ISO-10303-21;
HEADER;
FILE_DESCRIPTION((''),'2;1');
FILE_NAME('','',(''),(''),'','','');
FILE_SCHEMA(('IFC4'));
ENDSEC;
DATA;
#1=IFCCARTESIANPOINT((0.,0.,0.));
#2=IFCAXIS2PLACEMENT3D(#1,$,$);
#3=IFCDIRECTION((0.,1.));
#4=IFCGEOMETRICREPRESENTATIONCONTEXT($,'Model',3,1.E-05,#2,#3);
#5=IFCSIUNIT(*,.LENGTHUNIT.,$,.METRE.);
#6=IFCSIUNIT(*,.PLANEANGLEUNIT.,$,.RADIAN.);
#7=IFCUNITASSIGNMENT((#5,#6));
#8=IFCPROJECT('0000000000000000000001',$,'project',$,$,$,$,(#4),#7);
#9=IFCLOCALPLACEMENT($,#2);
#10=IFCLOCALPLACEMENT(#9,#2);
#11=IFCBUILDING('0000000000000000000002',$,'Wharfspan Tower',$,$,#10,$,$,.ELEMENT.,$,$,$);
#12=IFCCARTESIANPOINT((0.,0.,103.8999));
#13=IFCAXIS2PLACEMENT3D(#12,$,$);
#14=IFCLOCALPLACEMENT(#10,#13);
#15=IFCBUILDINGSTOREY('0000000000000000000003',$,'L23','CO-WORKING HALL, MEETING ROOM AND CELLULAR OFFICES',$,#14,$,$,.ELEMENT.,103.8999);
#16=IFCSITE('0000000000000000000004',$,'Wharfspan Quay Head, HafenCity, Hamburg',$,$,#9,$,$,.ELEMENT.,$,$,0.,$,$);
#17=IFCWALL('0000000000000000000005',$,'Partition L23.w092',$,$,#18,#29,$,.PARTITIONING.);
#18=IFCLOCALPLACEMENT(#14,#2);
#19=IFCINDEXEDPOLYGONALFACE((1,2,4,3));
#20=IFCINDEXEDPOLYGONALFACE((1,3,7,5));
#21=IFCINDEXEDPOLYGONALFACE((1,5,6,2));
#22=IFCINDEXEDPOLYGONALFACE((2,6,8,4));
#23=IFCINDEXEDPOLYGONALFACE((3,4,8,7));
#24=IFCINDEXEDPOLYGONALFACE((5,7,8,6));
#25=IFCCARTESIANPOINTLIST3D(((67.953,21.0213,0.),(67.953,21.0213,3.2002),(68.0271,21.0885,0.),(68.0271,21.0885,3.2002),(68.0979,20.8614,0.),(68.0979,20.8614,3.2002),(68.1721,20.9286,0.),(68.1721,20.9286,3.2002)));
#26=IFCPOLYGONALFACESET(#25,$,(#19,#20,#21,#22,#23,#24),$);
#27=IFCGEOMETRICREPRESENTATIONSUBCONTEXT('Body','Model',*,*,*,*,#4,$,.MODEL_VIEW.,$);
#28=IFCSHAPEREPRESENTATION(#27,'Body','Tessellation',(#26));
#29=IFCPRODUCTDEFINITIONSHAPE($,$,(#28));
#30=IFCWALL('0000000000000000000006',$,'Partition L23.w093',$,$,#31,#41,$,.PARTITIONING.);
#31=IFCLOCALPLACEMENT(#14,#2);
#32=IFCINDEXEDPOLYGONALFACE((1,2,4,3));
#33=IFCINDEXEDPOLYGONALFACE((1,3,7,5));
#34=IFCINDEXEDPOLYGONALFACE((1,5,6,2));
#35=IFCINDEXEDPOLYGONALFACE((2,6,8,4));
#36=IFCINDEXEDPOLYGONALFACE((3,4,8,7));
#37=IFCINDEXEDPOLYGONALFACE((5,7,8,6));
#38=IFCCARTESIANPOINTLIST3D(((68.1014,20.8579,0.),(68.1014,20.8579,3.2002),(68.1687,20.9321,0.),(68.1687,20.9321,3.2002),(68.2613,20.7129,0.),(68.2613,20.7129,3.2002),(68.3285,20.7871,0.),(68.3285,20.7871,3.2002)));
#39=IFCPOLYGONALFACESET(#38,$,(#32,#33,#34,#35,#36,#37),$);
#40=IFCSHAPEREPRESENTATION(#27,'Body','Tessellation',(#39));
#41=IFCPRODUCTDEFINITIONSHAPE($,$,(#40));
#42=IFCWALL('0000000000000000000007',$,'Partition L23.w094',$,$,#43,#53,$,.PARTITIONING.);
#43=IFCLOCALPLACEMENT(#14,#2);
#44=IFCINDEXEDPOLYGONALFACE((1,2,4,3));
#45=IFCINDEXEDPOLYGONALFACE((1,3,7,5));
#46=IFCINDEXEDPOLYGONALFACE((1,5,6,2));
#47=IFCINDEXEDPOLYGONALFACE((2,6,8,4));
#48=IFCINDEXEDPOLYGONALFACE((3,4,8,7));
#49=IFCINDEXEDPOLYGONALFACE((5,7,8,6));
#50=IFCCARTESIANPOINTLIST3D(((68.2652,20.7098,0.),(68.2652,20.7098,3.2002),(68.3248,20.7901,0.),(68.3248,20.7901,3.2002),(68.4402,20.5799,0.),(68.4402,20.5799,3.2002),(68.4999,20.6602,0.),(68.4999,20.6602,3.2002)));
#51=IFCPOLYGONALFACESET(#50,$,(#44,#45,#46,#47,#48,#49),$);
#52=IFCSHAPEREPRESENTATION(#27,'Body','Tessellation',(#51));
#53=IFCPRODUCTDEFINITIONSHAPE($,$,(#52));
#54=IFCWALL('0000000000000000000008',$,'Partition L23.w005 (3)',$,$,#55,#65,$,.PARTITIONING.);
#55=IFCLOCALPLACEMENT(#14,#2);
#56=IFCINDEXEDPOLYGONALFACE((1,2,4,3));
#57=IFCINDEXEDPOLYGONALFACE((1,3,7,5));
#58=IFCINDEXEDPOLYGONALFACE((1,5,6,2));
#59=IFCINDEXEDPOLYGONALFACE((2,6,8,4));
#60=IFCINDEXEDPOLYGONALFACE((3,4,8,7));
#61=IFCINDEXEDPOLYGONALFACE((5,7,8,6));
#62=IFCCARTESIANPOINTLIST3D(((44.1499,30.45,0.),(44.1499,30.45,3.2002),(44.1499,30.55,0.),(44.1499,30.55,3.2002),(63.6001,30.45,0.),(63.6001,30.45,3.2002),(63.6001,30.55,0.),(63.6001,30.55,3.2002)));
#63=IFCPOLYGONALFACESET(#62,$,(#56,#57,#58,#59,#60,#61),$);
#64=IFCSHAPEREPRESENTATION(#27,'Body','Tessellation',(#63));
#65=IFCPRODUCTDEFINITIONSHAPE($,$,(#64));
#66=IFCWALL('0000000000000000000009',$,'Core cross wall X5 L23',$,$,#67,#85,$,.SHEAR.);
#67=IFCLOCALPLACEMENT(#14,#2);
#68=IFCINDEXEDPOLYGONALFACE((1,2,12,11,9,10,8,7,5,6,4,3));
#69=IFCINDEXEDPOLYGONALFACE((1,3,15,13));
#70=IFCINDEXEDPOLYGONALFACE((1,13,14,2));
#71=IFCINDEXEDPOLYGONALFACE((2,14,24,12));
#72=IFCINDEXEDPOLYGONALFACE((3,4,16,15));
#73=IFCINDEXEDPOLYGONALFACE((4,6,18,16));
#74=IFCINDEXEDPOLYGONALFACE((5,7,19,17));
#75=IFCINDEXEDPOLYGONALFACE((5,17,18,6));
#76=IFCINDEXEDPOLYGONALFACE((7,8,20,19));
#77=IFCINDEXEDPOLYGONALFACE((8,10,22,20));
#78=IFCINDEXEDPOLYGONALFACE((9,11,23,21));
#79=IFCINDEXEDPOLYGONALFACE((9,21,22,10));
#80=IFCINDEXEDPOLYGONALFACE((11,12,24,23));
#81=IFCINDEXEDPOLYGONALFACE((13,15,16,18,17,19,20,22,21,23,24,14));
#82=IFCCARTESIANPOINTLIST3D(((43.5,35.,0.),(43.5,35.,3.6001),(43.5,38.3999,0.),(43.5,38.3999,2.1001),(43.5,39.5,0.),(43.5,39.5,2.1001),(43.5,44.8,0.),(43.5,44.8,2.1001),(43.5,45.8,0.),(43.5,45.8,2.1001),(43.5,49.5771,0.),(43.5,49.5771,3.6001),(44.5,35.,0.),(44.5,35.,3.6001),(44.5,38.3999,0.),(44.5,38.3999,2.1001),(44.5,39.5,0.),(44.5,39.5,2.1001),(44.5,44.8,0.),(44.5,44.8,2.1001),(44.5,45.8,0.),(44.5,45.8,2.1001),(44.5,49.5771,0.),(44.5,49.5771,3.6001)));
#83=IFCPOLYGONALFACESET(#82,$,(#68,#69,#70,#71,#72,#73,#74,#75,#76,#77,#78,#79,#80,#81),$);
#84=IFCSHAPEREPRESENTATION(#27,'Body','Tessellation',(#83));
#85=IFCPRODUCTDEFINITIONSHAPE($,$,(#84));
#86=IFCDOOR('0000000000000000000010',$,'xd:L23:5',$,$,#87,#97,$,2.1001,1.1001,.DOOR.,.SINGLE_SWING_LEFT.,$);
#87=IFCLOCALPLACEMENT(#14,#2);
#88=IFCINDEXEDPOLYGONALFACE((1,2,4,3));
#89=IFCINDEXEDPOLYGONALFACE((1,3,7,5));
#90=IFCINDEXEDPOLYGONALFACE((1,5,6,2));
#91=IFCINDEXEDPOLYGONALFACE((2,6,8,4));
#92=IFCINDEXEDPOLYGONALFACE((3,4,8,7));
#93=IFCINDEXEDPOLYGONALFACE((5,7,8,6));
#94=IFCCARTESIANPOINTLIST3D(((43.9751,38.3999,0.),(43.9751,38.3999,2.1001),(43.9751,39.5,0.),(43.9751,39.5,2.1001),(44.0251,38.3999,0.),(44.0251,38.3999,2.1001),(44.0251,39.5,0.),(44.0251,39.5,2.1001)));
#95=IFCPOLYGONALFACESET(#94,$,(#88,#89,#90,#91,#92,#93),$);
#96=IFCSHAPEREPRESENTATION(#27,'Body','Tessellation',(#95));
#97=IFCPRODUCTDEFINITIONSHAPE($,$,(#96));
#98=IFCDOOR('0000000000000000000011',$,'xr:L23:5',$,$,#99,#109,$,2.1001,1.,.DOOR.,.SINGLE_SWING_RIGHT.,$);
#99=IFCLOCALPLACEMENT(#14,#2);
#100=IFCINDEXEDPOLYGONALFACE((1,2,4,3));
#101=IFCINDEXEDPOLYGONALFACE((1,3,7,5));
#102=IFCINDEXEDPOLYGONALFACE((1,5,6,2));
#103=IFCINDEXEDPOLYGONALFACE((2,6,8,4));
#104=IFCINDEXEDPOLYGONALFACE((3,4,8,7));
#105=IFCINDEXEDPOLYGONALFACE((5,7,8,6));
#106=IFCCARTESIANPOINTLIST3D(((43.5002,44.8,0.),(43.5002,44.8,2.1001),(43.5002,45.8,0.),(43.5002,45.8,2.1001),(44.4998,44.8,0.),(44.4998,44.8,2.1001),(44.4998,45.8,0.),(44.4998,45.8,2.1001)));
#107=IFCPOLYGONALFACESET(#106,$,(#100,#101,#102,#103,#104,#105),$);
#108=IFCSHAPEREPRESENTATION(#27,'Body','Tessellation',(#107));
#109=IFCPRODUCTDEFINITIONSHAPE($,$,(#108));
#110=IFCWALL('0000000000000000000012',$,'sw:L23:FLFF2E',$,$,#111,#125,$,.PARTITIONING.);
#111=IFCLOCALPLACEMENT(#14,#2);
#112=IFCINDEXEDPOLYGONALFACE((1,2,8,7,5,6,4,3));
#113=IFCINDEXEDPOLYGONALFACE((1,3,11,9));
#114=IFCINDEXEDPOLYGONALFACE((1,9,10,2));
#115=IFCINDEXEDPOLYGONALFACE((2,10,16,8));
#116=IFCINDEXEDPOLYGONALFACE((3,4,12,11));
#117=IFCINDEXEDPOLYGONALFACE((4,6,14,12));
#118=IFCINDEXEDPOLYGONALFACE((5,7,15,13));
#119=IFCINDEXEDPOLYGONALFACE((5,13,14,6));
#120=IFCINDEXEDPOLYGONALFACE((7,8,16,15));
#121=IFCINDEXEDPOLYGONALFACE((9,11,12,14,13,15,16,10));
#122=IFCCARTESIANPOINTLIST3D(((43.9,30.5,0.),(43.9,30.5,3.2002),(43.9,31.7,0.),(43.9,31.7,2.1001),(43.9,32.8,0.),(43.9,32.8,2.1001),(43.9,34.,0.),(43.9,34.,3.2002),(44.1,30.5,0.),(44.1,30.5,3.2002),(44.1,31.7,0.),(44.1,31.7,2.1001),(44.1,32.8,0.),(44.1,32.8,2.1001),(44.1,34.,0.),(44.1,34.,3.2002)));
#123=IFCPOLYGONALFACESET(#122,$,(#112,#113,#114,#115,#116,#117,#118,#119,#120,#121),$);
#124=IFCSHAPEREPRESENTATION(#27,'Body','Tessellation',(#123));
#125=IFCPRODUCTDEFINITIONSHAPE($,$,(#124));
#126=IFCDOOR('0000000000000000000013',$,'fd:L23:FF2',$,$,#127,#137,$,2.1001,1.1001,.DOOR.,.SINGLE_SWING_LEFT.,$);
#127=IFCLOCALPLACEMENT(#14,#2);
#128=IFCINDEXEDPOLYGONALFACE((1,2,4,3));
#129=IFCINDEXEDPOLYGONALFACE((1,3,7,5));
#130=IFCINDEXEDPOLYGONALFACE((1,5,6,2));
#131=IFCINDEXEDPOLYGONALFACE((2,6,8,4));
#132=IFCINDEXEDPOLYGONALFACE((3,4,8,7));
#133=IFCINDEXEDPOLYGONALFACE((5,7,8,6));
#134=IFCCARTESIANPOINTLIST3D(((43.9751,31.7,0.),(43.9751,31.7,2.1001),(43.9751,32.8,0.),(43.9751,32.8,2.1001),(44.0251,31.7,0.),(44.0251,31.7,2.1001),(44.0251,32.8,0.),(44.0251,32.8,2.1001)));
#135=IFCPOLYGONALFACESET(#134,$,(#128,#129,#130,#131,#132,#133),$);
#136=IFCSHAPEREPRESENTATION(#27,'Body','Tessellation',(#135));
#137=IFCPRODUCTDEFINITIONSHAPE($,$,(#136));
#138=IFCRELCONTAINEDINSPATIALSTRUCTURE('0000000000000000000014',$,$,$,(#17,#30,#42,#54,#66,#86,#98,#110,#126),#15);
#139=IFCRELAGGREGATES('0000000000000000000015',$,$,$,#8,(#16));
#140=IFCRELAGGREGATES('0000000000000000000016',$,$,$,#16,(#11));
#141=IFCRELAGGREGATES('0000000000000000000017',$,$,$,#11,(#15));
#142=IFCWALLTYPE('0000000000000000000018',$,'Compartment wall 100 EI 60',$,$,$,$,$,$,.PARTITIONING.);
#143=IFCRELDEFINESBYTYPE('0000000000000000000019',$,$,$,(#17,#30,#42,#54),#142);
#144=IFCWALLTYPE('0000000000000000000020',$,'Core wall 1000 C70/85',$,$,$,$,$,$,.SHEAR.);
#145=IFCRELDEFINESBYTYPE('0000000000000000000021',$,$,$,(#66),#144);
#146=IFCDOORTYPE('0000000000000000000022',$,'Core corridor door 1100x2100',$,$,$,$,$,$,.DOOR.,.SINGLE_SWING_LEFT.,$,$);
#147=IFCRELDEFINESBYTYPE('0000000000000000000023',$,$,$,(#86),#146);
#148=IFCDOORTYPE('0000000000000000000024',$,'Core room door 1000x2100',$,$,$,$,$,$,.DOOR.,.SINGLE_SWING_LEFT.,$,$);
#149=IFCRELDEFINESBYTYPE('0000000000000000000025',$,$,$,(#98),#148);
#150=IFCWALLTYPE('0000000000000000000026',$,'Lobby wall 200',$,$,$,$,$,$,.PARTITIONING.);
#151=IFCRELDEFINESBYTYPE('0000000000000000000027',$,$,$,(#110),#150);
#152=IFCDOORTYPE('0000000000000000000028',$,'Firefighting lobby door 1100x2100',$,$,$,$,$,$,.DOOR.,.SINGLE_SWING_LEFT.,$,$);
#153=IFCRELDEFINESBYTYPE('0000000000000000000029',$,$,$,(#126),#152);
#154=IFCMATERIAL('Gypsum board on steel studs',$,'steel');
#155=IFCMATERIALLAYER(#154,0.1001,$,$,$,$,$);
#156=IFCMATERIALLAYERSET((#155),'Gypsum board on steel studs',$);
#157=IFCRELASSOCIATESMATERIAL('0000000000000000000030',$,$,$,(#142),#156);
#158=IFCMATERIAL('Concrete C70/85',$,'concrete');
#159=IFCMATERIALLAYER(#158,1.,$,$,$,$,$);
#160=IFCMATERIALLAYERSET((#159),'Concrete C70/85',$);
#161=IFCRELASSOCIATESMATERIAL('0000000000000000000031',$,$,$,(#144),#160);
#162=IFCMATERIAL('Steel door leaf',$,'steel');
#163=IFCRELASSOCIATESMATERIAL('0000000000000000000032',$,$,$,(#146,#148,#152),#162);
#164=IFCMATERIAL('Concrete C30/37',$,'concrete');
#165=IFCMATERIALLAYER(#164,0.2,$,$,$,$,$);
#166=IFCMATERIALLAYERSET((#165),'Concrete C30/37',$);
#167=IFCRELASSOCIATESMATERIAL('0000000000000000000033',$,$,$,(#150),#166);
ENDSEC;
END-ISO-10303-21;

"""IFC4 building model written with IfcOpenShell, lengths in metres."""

from ifc_helpers import new_model, si_unit, direction, frame, frame_2d, origin, place, context, subcontext, project, spatial, rectangle, extrude, material, layer, layer_set, type_object, element, fill, save


model = new_model("IFC4")

# Units and contexts
model_context = context("Model", 3, precision=1e-05, world=origin(), true_north=direction((0.0, 1.0)))
body_context = subcontext(model_context, "Body", "Model", "MODEL_VIEW")
ifc_project = project(units=[si_unit("LENGTHUNIT", "METRE"), si_unit("PLANEANGLEUNIT", "RADIAN")], contexts=[model_context])

# Site, building, storey
site_placement = place(None, origin())
site = spatial("IfcSite", under=ifc_project, at=site_placement, Name="Wharfspan Quay Head, HafenCity, Hamburg", CompositionType="ELEMENT", RefElevation=0.0)
building_placement = place(site_placement, origin())
building = spatial("IfcBuilding", under=site, at=building_placement, Name="Wharfspan Tower", CompositionType="ELEMENT")
storey_placement = place(building_placement, frame((0.0, 0.0, 103.8999)))
storey = spatial("IfcBuildingStorey", under=building, at=storey_placement, Name="L23", Description="CO-WORKING HALL, MEETING ROOM AND CELLULAR OFFICES", CompositionType="ELEMENT", Elevation=103.8999)

# Shared definitions
ifc_material_1 = material(Name="Gypsum board on steel studs", Category="steel")
ifc_layer_1 = layer(ifc_material_1, 0.1001)
ifc_layer_set_1 = layer_set([ifc_layer_1], Name="Gypsum board on steel studs")
wall_type_1 = type_object("IfcWallType", Name="Compartment wall 100 EI 60", PredefinedType="PARTITIONING", material=ifc_layer_set_1)

# Walls
for number, where, z_axis, x_axis, name in (
    (1, (68.135, 20.895, 0.0), (0.0, 0.0, 1.0), (-0.671775, 0.740762, 0.0), "Partition L23.w092"),
    (2, (68.2949, 20.75, 0.0), (0.0, 0.0, 1.0), (-0.740762, 0.671775, 0.0), "Partition L23.w093"),
):
    element("IfcWall", number, at=place(storey_placement, frame(where, z_axis=z_axis, x_axis=x_axis)), inside=storey, type_object=wall_type_1, Name=name, PredefinedType="PARTITIONING", context=body_context, shape_type="SweptSolid", body=[
        extrude(rectangle(XDim=0.2158, YDim=0.1001, at=frame_2d((0.1079, 0.0))), origin(), (0.0, 0.0, 1.0), 3.2002),
    ])
wall_1_placement = place(storey_placement, frame((68.47, 20.6201, 0.0), z_axis=(0.0, 0.0, 1.0), x_axis=(-0.803079, 0.595869, 0.0)))
element("IfcWall", 3, at=wall_1_placement, inside=storey, type_object=wall_type_1, Name="Partition L23.w094", PredefinedType="PARTITIONING", context=body_context, shape_type="SweptSolid", body=[
    extrude(rectangle(XDim=0.218, YDim=0.1001, at=frame_2d((0.1089, 0.0))), origin(), (0.0, 0.0, 1.0), 3.2002),
])
wall_2_placement = place(storey_placement, frame((44.1499, 30.5, 0.0), z_axis=(0.0, 0.0, 1.0), x_axis=(1.0, 0.0, 0.0)))
element("IfcWall", 4, at=wall_2_placement, inside=storey, type_object=wall_type_1, Name="Partition L23.w005 (3)", PredefinedType="PARTITIONING", context=body_context, shape_type="SweptSolid", body=[
    extrude(rectangle(XDim=19.4502, YDim=0.1001, at=frame_2d((9.7251, 0.0))), origin(), (0.0, 0.0, 1.0), 3.2002),
])

# Wall, openings, doors
ifc_material_2 = material(Name="Concrete C70/85", Category="concrete")
ifc_layer_2 = layer(ifc_material_2, 1.0)
ifc_layer_set_2 = layer_set([ifc_layer_2], Name="Concrete C70/85")
wall_type_2 = type_object("IfcWallType", Name="Core wall 1000 C70/85", PredefinedType="SHEAR", material=ifc_layer_set_2)
wall_3_placement = place(storey_placement, frame((44.0, 35.0, 0.0), z_axis=(0.0, 0.0, 1.0), x_axis=(0.0, 1.0, 0.0)))
wall_3 = element("IfcWall", 5, at=wall_3_placement, inside=storey, type_object=wall_type_2, Name="Core cross wall X5 L23", PredefinedType="SHEAR", context=body_context, shape_type="SweptSolid", body=[
    extrude(rectangle(XDim=14.5771, YDim=1.0, at=frame_2d((7.2886, 0.0))), origin(), (0.0, 0.0, 1.0), 3.6001),
])
opening_1_placement = place(wall_3_placement, frame((3.3999, 0.0, 0.0)))
opening_1 = element("IfcOpeningElement", 6, at=opening_1_placement, cuts=wall_3, PredefinedType="OPENING", context=body_context, shape_type="SweptSolid", body=[
    extrude(rectangle(XDim=1.1001, YDim=2.1001, at=frame_2d((0.55, 1.05))), frame((0.0, 0.51, 0.0), z_axis=(0.0, -1.0, 0.0), x_axis=(1.0, 0.0, 0.0)), (0.0, 0.0, 1.0), 1.02),
])
opening_2_placement = place(wall_3_placement, frame((9.8, 0.0, 0.0)))
opening_2 = element("IfcOpeningElement", 7, at=opening_2_placement, cuts=wall_3, PredefinedType="OPENING", context=body_context, shape_type="SweptSolid", body=[
    extrude(rectangle(XDim=1.0, YDim=2.1001, at=frame_2d((0.5, 1.05))), frame((0.0, 0.51, 0.0), z_axis=(0.0, -1.0, 0.0), x_axis=(1.0, 0.0, 0.0)), (0.0, 0.0, 1.0), 1.02),
])
ifc_material_3 = material(Name="Steel door leaf", Category="steel")
door_type_1 = type_object("IfcDoorType", Name="Core corridor door 1100x2100", OperationType="SINGLE_SWING_LEFT", PredefinedType="DOOR", material=ifc_material_3)
door_1_placement = place(opening_1_placement, origin())
door_1 = element("IfcDoor", 8, at=door_1_placement, inside=storey, type_object=door_type_1, Name="xd:L23:5", OperationType="SINGLE_SWING_LEFT", OverallHeight=2.1001, OverallWidth=1.1001, PredefinedType="DOOR", context=body_context, shape_type="SweptSolid", body=[
    extrude(rectangle(XDim=1.1001, YDim=2.1001, at=frame_2d((0.55, 1.05))), frame((0.0, 0.0249, 0.0), z_axis=(0.0, -1.0, 0.0), x_axis=(1.0, 0.0, 0.0)), (0.0, 0.0, 1.0), 0.05),
])
fill(opening_1, door_1)
door_type_2 = type_object("IfcDoorType", Name="Core room door 1000x2100", OperationType="SINGLE_SWING_LEFT", PredefinedType="DOOR", material=ifc_material_3)
door_2_placement = place(opening_2_placement, origin())
door_2 = element("IfcDoor", 9, at=door_2_placement, inside=storey, type_object=door_type_2, Name="xr:L23:5", OperationType="SINGLE_SWING_RIGHT", OverallHeight=2.1001, OverallWidth=1.0, PredefinedType="DOOR", context=body_context, shape_type="SweptSolid", body=[
    extrude(rectangle(XDim=1.0, YDim=2.1001, at=frame_2d((0.5, 1.05))), frame((0.0, 0.4998, 0.0), z_axis=(0.0, -1.0, 0.0), x_axis=(1.0, 0.0, 0.0)), (0.0, 0.0, 1.0), 0.9995),
])
fill(opening_2, door_2)

# Wall, opening, door
ifc_material_4 = material(Name="Concrete C30/37", Category="concrete")
ifc_layer_3 = layer(ifc_material_4, 0.2)
ifc_layer_set_3 = layer_set([ifc_layer_3], Name="Concrete C30/37")
wall_type_3 = type_object("IfcWallType", Name="Lobby wall 200", PredefinedType="PARTITIONING", material=ifc_layer_set_3)
wall_4_placement = place(storey_placement, frame((44.0, 30.5, 0.0), z_axis=(0.0, 0.0, 1.0), x_axis=(0.0, 1.0, 0.0)))
wall_4 = element("IfcWall", 10, at=wall_4_placement, inside=storey, type_object=wall_type_3, Name="sw:L23:FLFF2E", PredefinedType="PARTITIONING", context=body_context, shape_type="SweptSolid", body=[
    extrude(rectangle(XDim=3.5, YDim=0.2, at=frame_2d((1.75, 0.0))), origin(), (0.0, 0.0, 1.0), 3.2002),
])
opening_3_placement = place(wall_4_placement, frame((1.2, 0.0, 0.0)))
opening_3 = element("IfcOpeningElement", 11, at=opening_3_placement, cuts=wall_4, PredefinedType="OPENING", context=body_context, shape_type="SweptSolid", body=[
    extrude(rectangle(XDim=1.1001, YDim=2.1001, at=frame_2d((0.55, 1.05))), frame((0.0, 0.1099, 0.0), z_axis=(0.0, -1.0, 0.0), x_axis=(1.0, 0.0, 0.0)), (0.0, 0.0, 1.0), 0.22),
])
door_type_3 = type_object("IfcDoorType", Name="Firefighting lobby door 1100x2100", OperationType="SINGLE_SWING_LEFT", PredefinedType="DOOR", material=ifc_material_3)
door_3_placement = place(opening_3_placement, origin())
door_3 = element("IfcDoor", 12, at=door_3_placement, inside=storey, type_object=door_type_3, Name="fd:L23:FF2", OperationType="SINGLE_SWING_LEFT", OverallHeight=2.1001, OverallWidth=1.1001, PredefinedType="DOOR", context=body_context, shape_type="SweptSolid", body=[
    extrude(rectangle(XDim=1.1001, YDim=2.1001, at=frame_2d((0.55, 1.05))), frame((0.0, 0.0249, 0.0), z_axis=(0.0, -1.0, 0.0), x_axis=(1.0, 0.0, 0.0)), (0.0, 0.0, 1.0), 0.05),
])
fill(opening_3, door_3)

save(model, "model.ifc")
